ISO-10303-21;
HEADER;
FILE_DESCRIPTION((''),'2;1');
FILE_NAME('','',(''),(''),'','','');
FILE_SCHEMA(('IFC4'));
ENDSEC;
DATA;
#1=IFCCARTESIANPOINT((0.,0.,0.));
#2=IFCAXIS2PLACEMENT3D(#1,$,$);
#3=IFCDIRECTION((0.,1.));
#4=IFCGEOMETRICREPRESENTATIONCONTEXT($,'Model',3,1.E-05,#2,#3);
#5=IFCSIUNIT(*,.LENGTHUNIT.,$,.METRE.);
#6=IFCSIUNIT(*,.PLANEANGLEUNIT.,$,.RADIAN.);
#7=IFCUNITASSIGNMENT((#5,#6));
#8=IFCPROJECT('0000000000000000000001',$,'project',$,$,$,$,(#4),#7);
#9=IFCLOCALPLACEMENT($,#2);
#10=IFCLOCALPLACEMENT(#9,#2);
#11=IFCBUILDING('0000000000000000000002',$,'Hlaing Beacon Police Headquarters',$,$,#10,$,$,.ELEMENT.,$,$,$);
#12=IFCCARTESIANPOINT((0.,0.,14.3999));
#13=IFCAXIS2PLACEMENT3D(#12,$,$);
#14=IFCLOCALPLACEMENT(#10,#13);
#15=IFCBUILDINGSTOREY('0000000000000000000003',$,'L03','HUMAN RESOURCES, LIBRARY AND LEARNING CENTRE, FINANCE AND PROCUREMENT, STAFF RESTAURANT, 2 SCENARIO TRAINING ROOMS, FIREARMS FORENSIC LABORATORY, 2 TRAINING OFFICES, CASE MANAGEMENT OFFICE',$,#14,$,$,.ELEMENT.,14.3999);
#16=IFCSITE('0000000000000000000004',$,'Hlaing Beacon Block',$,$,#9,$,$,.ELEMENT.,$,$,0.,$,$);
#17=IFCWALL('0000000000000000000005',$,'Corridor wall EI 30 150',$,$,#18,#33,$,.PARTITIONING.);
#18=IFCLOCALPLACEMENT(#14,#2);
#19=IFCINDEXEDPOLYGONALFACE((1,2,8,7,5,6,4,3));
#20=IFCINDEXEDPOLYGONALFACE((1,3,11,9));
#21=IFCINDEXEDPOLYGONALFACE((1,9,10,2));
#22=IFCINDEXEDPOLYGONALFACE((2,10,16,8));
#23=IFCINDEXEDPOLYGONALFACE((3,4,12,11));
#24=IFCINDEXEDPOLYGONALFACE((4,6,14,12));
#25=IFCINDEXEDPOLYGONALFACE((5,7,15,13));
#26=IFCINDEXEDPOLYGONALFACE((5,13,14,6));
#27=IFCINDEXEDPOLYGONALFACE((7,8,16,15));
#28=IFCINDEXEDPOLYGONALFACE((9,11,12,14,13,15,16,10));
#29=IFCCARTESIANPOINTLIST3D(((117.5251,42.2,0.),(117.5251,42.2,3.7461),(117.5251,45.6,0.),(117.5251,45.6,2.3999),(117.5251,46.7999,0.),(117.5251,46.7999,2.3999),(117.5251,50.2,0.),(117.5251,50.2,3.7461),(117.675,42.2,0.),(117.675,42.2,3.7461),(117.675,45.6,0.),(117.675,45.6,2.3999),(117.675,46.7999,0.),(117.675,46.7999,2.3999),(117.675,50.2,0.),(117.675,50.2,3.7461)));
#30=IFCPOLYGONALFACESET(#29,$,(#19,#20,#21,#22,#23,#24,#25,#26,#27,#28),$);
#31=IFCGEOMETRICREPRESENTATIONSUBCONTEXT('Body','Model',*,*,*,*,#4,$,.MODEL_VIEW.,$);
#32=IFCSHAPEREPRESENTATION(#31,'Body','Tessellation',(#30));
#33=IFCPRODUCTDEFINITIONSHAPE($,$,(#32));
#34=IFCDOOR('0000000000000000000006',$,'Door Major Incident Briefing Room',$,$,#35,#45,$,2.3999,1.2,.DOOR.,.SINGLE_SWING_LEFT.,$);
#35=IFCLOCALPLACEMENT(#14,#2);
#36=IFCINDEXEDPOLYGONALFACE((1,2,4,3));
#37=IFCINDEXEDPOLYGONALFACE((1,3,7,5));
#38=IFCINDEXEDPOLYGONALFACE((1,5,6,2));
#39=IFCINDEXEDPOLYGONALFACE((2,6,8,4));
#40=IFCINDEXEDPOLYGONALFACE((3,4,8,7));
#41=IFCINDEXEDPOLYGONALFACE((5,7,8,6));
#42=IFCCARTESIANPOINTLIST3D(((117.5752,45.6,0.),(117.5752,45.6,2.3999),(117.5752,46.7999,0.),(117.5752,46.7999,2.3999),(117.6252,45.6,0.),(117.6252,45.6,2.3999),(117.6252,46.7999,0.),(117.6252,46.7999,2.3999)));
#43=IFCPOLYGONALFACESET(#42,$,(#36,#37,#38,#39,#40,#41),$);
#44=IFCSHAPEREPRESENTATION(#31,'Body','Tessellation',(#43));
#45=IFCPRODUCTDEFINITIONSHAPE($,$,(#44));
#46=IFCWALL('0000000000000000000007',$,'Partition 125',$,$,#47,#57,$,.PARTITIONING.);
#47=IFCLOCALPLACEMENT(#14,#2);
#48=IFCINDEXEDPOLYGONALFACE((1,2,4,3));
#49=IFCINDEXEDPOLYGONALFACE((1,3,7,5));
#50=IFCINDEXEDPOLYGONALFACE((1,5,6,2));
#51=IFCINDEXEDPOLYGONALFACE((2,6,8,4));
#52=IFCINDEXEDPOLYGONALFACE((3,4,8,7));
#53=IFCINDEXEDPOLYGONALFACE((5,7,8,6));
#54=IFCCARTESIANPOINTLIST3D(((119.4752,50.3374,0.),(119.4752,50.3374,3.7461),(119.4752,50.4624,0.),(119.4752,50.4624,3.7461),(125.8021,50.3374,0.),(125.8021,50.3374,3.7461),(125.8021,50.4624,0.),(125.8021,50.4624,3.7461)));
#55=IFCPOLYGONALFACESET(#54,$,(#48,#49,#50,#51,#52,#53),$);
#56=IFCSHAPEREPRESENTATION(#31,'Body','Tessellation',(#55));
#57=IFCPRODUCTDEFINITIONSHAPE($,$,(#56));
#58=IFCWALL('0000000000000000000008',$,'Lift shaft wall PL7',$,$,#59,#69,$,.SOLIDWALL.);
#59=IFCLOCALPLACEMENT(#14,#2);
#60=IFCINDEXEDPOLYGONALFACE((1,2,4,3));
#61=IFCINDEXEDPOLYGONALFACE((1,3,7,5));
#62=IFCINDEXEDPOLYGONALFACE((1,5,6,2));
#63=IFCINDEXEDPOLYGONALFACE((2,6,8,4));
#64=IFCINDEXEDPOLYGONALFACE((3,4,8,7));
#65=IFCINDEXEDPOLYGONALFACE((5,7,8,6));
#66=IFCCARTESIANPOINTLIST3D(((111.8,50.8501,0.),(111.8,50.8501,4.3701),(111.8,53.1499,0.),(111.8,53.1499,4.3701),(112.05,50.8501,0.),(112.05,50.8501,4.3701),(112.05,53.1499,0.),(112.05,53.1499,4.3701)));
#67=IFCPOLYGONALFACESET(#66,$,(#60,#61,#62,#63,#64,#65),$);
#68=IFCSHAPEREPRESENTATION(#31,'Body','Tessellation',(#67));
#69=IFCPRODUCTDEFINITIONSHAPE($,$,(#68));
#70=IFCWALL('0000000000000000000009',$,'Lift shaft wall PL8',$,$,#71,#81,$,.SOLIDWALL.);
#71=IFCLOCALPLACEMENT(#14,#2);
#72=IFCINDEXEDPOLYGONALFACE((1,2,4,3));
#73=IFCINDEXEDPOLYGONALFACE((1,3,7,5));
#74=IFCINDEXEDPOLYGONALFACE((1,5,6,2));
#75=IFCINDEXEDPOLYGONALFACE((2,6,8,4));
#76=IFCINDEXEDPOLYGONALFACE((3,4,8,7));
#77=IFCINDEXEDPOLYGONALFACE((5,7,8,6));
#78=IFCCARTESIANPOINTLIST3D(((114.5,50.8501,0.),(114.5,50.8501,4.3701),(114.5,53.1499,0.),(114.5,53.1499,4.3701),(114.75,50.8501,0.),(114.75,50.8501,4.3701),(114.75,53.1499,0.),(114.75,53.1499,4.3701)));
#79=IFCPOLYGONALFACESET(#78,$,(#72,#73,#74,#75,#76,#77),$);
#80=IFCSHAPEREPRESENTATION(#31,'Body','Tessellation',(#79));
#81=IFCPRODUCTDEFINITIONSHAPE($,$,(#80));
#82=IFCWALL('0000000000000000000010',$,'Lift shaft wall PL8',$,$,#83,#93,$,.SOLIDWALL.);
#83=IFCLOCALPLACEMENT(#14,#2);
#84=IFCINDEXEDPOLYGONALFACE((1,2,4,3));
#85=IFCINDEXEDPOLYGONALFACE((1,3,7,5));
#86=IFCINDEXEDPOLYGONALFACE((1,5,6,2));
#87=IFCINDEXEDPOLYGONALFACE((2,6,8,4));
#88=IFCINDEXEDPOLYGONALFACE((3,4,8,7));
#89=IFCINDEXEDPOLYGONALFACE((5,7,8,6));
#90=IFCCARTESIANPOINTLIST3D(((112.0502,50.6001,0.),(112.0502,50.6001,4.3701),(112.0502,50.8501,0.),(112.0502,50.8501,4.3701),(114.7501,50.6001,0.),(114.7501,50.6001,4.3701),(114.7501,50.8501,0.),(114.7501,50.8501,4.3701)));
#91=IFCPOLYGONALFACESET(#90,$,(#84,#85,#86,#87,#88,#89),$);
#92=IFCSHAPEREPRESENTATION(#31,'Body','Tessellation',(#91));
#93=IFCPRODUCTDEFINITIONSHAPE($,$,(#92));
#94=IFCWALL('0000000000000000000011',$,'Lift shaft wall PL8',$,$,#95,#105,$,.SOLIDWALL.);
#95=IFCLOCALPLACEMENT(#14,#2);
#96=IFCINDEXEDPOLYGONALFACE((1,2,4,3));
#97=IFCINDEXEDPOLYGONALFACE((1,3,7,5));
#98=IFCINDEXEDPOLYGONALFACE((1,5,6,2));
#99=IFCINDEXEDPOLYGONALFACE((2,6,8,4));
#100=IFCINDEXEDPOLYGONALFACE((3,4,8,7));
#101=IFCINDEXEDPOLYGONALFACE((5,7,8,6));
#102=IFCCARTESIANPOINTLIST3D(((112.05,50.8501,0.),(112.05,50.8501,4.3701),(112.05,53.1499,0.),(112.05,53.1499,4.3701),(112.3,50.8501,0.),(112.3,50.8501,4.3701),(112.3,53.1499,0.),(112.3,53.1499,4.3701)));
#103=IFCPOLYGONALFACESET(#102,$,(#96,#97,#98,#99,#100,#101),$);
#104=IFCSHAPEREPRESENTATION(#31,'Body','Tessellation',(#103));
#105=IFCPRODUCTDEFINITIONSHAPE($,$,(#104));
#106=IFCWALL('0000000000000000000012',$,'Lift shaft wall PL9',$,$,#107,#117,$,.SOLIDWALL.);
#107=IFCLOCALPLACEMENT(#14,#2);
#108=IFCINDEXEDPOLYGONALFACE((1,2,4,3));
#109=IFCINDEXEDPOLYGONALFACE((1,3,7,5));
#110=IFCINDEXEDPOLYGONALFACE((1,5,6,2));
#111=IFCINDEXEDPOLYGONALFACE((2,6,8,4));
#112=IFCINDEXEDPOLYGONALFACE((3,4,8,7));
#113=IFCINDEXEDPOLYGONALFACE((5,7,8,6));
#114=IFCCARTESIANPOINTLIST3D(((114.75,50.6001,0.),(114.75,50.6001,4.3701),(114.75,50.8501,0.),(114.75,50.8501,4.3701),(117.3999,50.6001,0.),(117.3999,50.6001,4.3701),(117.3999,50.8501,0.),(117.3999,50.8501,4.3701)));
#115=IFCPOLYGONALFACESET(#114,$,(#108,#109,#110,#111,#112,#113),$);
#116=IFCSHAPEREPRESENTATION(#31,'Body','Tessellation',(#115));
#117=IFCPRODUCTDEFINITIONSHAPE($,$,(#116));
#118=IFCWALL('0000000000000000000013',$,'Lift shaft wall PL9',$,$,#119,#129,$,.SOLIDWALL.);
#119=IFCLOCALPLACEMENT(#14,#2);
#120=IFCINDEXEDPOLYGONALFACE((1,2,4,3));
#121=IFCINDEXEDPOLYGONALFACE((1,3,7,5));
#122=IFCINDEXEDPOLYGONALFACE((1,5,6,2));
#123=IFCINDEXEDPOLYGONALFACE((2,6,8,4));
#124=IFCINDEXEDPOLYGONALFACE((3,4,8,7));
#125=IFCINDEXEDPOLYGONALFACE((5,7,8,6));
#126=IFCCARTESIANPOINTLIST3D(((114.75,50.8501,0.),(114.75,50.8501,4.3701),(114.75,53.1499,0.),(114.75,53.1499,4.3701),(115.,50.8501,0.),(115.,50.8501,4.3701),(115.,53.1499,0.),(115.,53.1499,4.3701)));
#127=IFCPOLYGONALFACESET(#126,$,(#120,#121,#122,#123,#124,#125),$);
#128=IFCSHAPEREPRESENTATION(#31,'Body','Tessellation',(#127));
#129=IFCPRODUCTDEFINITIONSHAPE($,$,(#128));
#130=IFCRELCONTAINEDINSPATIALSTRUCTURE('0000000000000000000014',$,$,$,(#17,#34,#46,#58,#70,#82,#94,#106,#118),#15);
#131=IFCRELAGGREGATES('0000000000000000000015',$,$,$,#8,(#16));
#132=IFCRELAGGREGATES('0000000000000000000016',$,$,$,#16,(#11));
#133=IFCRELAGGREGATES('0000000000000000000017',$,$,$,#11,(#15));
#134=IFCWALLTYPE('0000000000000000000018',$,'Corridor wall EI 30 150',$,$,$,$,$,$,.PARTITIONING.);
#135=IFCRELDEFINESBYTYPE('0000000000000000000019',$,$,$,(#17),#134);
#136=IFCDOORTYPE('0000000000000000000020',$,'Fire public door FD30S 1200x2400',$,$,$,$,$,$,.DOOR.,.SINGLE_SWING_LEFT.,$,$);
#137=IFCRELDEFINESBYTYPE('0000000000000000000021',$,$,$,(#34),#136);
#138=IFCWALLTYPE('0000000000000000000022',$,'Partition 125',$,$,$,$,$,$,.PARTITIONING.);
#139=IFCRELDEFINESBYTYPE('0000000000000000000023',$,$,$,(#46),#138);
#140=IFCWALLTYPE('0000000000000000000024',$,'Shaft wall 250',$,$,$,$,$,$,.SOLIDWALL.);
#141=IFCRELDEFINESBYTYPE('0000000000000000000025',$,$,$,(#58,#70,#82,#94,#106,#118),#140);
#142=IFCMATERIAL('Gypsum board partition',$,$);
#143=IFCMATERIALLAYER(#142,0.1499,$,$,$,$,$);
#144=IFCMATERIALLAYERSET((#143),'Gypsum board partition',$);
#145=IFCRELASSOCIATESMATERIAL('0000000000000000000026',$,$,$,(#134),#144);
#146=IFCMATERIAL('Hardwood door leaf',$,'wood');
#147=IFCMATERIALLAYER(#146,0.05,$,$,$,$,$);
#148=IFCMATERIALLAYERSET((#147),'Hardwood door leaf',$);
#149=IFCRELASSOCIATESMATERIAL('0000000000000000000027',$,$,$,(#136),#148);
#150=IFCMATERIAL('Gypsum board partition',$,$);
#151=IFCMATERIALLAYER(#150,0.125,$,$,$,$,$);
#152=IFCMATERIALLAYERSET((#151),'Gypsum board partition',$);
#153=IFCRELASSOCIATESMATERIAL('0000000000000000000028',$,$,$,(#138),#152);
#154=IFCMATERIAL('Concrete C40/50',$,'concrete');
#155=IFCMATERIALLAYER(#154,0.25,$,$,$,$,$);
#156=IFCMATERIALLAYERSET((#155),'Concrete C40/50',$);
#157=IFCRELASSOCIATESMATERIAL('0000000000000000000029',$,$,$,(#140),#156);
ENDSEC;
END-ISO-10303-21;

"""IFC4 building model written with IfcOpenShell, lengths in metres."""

from ifc_helpers import new_model, si_unit, direction, frame, frame_2d, origin, place, context, subcontext, project, spatial, rectangle, extrude, material, layer, layer_set, type_object, element, fill, save


model = new_model("IFC4")

# Units and contexts
model_context = context("Model", 3, precision=1e-05, world=origin(), true_north=direction((0.0, 1.0)))
body_context = subcontext(model_context, "Body", "Model", "MODEL_VIEW")
ifc_project = project(units=[si_unit("LENGTHUNIT", "METRE"), si_unit("PLANEANGLEUNIT", "RADIAN")], contexts=[model_context])

# Site, building, storey
site_placement = place(None, origin())
site = spatial("IfcSite", under=ifc_project, at=site_placement, Name="Hlaing Beacon Block", CompositionType="ELEMENT", RefElevation=0.0)
building_placement = place(site_placement, origin())
building = spatial("IfcBuilding", under=site, at=building_placement, Name="Hlaing Beacon Police Headquarters", CompositionType="ELEMENT")
storey_placement = place(building_placement, frame((0.0, 0.0, 14.3999)))
storey = spatial("IfcBuildingStorey", under=building, at=storey_placement, Name="L03", Description="HUMAN RESOURCES, LIBRARY AND LEARNING CENTRE, FINANCE AND PROCUREMENT, STAFF RESTAURANT, 2 SCENARIO TRAINING ROOMS, FIREARMS FORENSIC LABORATORY, 2 TRAINING OFFICES, CASE MANAGEMENT OFFICE", CompositionType="ELEMENT", Elevation=14.3999)

# Shared definitions
ifc_material_1 = material(Name="Gypsum board partition")
ifc_layer_1 = layer(ifc_material_1, 0.1499)
ifc_layer_set_1 = layer_set([ifc_layer_1], Name="Gypsum board partition")
wall_type_1 = type_object("IfcWallType", Name="Corridor wall EI 30 150", PredefinedType="PARTITIONING", material=ifc_layer_set_1)

# Wall, opening, door
wall_1_placement = place(storey_placement, frame((117.6001, 42.2, 0.0), z_axis=(0.0, 0.0, 1.0), x_axis=(0.0, 1.0, 0.0)))
wall_1 = element("IfcWall", 1, at=wall_1_placement, inside=storey, type_object=wall_type_1, Name="Corridor wall EI 30 150", PredefinedType="PARTITIONING", context=body_context, shape_type="SweptSolid", body=[
    extrude(rectangle(XDim=8.0, YDim=0.1499, at=frame_2d((4.0, 0.0))), origin(), (0.0, 0.0, 1.0), 3.7461),
])
opening_1_placement = place(wall_1_placement, frame((3.3999, 0.0, 0.0)))
opening_1 = element("IfcOpeningElement", 2, at=opening_1_placement, cuts=wall_1, PredefinedType="OPENING", context=body_context, shape_type="SweptSolid", body=[
    extrude(rectangle(XDim=1.2, YDim=2.3999, at=frame_2d((0.6001, 1.2))), frame((0.0, 0.085, 0.0), z_axis=(0.0, -1.0, 0.0), x_axis=(1.0, 0.0, 0.0)), (0.0, 0.0, 1.0), 0.1699),
])
ifc_material_2 = material(Name="Hardwood door leaf", Category="wood")
ifc_layer_2 = layer(ifc_material_2, 0.05)
ifc_layer_set_2 = layer_set([ifc_layer_2], Name="Hardwood door leaf")
door_type_1 = type_object("IfcDoorType", Name="Fire public door FD30S 1200x2400", OperationType="SINGLE_SWING_LEFT", PredefinedType="DOOR", material=ifc_layer_set_2)
door_1_placement = place(opening_1_placement, frame((1.2, 0.0, 0.0), z_axis=(0.0, 0.0, 1.0), x_axis=(-1.0, 0.0, 0.0)))
door_1 = element("IfcDoor", 3, at=door_1_placement, inside=storey, type_object=door_type_1, Name="Door Major Incident Briefing Room", OperationType="SINGLE_SWING_LEFT", OverallHeight=2.3999, OverallWidth=1.2, PredefinedType="DOOR", context=body_context, shape_type="SweptSolid", body=[
    extrude(rectangle(XDim=1.2, YDim=2.3999, at=frame_2d((0.5999, 1.2))), frame((0.0, 0.0251, 0.0), z_axis=(0.0, -1.0, 0.0), x_axis=(1.0, 0.0, 0.0)), (0.0, 0.0, 1.0), 0.05),
])
fill(opening_1, door_1)

# Walls
ifc_material_3 = material(Name="Gypsum board partition")
ifc_layer_3 = layer(ifc_material_3, 0.125)
ifc_layer_set_3 = layer_set([ifc_layer_3], Name="Gypsum board partition")
wall_type_2 = type_object("IfcWallType", Name="Partition 125", PredefinedType="PARTITIONING", material=ifc_layer_set_3)
wall_2_placement = place(storey_placement, frame((119.4751, 50.3999, 0.0), z_axis=(0.0, 0.0, 1.0), x_axis=(1.0, 0.0, 0.0)))
element("IfcWall", 4, at=wall_2_placement, inside=storey, type_object=wall_type_2, Name="Partition 125", PredefinedType="PARTITIONING", context=body_context, shape_type="SweptSolid", body=[
    extrude(rectangle(XDim=6.3269, YDim=0.125, at=frame_2d((3.1636, 0.0))), origin(), (0.0, 0.0, 1.0), 3.7461),
])
ifc_material_4 = material(Name="Concrete C40/50", Category="concrete")
ifc_layer_4 = layer(ifc_material_4, 0.25)
ifc_layer_set_4 = layer_set([ifc_layer_4], Name="Concrete C40/50")
wall_type_3 = type_object("IfcWallType", Name="Shaft wall 250", PredefinedType="SOLIDWALL", material=ifc_layer_set_4)
for number, where, z_axis, x_axis, name in (
    (5, (111.925, 50.8501, 0.0), (0.0, 0.0, 1.0), (0.0, 1.0, 0.0), "Lift shaft wall PL7"),
    (6, (114.625, 50.8501, 0.0), (0.0, 0.0, 1.0), (0.0, 1.0, 0.0), "Lift shaft wall PL8"),
):
    element("IfcWall", number, at=place(storey_placement, frame(where, z_axis=z_axis, x_axis=x_axis)), inside=storey, type_object=wall_type_3, Name=name, PredefinedType="SOLIDWALL", context=body_context, shape_type="SweptSolid", body=[
        extrude(rectangle(XDim=2.2998, YDim=0.25, at=frame_2d((1.1499, 0.0))), origin(), (0.0, 0.0, 1.0), 4.3701),
    ])
wall_3_placement = place(storey_placement, frame((112.05, 50.7251, 0.0), z_axis=(0.0, 0.0, 1.0), x_axis=(1.0, 0.0, 0.0)))
element("IfcWall", 7, at=wall_3_placement, inside=storey, type_object=wall_type_3, Name="Lift shaft wall PL8", PredefinedType="SOLIDWALL", context=body_context, shape_type="SweptSolid", body=[
    extrude(rectangle(XDim=2.7, YDim=0.25, at=frame_2d((1.3501, 0.0))), origin(), (0.0, 0.0, 1.0), 4.3701),
])
wall_4_placement = place(storey_placement, frame((112.175, 50.8501, 0.0), z_axis=(0.0, 0.0, 1.0), x_axis=(0.0, 1.0, 0.0)))
element("IfcWall", 8, at=wall_4_placement, inside=storey, type_object=wall_type_3, Name="Lift shaft wall PL8", PredefinedType="SOLIDWALL", context=body_context, shape_type="SweptSolid", body=[
    extrude(rectangle(XDim=2.2998, YDim=0.25, at=frame_2d((1.1499, 0.0))), origin(), (0.0, 0.0, 1.0), 4.3701),
])
wall_5_placement = place(storey_placement, frame((114.75, 50.7251, 0.0), z_axis=(0.0, 0.0, 1.0), x_axis=(1.0, 0.0, 0.0)))
element("IfcWall", 9, at=wall_5_placement, inside=storey, type_object=wall_type_3, Name="Lift shaft wall PL9", PredefinedType="SOLIDWALL", context=body_context, shape_type="SweptSolid", body=[
    extrude(rectangle(XDim=2.6499, YDim=0.25, at=frame_2d((1.325, 0.0))), origin(), (0.0, 0.0, 1.0), 4.3701),
])
wall_6_placement = place(storey_placement, frame((114.875, 50.8501, 0.0), z_axis=(0.0, 0.0, 1.0), x_axis=(0.0, 1.0, 0.0)))
element("IfcWall", 10, at=wall_6_placement, inside=storey, type_object=wall_type_3, Name="Lift shaft wall PL9", PredefinedType="SOLIDWALL", context=body_context, shape_type="SweptSolid", body=[
    extrude(rectangle(XDim=2.2998, YDim=0.25, at=frame_2d((1.1499, 0.0))), origin(), (0.0, 0.0, 1.0), 4.3701),
])

save(model, "model.ifc")
